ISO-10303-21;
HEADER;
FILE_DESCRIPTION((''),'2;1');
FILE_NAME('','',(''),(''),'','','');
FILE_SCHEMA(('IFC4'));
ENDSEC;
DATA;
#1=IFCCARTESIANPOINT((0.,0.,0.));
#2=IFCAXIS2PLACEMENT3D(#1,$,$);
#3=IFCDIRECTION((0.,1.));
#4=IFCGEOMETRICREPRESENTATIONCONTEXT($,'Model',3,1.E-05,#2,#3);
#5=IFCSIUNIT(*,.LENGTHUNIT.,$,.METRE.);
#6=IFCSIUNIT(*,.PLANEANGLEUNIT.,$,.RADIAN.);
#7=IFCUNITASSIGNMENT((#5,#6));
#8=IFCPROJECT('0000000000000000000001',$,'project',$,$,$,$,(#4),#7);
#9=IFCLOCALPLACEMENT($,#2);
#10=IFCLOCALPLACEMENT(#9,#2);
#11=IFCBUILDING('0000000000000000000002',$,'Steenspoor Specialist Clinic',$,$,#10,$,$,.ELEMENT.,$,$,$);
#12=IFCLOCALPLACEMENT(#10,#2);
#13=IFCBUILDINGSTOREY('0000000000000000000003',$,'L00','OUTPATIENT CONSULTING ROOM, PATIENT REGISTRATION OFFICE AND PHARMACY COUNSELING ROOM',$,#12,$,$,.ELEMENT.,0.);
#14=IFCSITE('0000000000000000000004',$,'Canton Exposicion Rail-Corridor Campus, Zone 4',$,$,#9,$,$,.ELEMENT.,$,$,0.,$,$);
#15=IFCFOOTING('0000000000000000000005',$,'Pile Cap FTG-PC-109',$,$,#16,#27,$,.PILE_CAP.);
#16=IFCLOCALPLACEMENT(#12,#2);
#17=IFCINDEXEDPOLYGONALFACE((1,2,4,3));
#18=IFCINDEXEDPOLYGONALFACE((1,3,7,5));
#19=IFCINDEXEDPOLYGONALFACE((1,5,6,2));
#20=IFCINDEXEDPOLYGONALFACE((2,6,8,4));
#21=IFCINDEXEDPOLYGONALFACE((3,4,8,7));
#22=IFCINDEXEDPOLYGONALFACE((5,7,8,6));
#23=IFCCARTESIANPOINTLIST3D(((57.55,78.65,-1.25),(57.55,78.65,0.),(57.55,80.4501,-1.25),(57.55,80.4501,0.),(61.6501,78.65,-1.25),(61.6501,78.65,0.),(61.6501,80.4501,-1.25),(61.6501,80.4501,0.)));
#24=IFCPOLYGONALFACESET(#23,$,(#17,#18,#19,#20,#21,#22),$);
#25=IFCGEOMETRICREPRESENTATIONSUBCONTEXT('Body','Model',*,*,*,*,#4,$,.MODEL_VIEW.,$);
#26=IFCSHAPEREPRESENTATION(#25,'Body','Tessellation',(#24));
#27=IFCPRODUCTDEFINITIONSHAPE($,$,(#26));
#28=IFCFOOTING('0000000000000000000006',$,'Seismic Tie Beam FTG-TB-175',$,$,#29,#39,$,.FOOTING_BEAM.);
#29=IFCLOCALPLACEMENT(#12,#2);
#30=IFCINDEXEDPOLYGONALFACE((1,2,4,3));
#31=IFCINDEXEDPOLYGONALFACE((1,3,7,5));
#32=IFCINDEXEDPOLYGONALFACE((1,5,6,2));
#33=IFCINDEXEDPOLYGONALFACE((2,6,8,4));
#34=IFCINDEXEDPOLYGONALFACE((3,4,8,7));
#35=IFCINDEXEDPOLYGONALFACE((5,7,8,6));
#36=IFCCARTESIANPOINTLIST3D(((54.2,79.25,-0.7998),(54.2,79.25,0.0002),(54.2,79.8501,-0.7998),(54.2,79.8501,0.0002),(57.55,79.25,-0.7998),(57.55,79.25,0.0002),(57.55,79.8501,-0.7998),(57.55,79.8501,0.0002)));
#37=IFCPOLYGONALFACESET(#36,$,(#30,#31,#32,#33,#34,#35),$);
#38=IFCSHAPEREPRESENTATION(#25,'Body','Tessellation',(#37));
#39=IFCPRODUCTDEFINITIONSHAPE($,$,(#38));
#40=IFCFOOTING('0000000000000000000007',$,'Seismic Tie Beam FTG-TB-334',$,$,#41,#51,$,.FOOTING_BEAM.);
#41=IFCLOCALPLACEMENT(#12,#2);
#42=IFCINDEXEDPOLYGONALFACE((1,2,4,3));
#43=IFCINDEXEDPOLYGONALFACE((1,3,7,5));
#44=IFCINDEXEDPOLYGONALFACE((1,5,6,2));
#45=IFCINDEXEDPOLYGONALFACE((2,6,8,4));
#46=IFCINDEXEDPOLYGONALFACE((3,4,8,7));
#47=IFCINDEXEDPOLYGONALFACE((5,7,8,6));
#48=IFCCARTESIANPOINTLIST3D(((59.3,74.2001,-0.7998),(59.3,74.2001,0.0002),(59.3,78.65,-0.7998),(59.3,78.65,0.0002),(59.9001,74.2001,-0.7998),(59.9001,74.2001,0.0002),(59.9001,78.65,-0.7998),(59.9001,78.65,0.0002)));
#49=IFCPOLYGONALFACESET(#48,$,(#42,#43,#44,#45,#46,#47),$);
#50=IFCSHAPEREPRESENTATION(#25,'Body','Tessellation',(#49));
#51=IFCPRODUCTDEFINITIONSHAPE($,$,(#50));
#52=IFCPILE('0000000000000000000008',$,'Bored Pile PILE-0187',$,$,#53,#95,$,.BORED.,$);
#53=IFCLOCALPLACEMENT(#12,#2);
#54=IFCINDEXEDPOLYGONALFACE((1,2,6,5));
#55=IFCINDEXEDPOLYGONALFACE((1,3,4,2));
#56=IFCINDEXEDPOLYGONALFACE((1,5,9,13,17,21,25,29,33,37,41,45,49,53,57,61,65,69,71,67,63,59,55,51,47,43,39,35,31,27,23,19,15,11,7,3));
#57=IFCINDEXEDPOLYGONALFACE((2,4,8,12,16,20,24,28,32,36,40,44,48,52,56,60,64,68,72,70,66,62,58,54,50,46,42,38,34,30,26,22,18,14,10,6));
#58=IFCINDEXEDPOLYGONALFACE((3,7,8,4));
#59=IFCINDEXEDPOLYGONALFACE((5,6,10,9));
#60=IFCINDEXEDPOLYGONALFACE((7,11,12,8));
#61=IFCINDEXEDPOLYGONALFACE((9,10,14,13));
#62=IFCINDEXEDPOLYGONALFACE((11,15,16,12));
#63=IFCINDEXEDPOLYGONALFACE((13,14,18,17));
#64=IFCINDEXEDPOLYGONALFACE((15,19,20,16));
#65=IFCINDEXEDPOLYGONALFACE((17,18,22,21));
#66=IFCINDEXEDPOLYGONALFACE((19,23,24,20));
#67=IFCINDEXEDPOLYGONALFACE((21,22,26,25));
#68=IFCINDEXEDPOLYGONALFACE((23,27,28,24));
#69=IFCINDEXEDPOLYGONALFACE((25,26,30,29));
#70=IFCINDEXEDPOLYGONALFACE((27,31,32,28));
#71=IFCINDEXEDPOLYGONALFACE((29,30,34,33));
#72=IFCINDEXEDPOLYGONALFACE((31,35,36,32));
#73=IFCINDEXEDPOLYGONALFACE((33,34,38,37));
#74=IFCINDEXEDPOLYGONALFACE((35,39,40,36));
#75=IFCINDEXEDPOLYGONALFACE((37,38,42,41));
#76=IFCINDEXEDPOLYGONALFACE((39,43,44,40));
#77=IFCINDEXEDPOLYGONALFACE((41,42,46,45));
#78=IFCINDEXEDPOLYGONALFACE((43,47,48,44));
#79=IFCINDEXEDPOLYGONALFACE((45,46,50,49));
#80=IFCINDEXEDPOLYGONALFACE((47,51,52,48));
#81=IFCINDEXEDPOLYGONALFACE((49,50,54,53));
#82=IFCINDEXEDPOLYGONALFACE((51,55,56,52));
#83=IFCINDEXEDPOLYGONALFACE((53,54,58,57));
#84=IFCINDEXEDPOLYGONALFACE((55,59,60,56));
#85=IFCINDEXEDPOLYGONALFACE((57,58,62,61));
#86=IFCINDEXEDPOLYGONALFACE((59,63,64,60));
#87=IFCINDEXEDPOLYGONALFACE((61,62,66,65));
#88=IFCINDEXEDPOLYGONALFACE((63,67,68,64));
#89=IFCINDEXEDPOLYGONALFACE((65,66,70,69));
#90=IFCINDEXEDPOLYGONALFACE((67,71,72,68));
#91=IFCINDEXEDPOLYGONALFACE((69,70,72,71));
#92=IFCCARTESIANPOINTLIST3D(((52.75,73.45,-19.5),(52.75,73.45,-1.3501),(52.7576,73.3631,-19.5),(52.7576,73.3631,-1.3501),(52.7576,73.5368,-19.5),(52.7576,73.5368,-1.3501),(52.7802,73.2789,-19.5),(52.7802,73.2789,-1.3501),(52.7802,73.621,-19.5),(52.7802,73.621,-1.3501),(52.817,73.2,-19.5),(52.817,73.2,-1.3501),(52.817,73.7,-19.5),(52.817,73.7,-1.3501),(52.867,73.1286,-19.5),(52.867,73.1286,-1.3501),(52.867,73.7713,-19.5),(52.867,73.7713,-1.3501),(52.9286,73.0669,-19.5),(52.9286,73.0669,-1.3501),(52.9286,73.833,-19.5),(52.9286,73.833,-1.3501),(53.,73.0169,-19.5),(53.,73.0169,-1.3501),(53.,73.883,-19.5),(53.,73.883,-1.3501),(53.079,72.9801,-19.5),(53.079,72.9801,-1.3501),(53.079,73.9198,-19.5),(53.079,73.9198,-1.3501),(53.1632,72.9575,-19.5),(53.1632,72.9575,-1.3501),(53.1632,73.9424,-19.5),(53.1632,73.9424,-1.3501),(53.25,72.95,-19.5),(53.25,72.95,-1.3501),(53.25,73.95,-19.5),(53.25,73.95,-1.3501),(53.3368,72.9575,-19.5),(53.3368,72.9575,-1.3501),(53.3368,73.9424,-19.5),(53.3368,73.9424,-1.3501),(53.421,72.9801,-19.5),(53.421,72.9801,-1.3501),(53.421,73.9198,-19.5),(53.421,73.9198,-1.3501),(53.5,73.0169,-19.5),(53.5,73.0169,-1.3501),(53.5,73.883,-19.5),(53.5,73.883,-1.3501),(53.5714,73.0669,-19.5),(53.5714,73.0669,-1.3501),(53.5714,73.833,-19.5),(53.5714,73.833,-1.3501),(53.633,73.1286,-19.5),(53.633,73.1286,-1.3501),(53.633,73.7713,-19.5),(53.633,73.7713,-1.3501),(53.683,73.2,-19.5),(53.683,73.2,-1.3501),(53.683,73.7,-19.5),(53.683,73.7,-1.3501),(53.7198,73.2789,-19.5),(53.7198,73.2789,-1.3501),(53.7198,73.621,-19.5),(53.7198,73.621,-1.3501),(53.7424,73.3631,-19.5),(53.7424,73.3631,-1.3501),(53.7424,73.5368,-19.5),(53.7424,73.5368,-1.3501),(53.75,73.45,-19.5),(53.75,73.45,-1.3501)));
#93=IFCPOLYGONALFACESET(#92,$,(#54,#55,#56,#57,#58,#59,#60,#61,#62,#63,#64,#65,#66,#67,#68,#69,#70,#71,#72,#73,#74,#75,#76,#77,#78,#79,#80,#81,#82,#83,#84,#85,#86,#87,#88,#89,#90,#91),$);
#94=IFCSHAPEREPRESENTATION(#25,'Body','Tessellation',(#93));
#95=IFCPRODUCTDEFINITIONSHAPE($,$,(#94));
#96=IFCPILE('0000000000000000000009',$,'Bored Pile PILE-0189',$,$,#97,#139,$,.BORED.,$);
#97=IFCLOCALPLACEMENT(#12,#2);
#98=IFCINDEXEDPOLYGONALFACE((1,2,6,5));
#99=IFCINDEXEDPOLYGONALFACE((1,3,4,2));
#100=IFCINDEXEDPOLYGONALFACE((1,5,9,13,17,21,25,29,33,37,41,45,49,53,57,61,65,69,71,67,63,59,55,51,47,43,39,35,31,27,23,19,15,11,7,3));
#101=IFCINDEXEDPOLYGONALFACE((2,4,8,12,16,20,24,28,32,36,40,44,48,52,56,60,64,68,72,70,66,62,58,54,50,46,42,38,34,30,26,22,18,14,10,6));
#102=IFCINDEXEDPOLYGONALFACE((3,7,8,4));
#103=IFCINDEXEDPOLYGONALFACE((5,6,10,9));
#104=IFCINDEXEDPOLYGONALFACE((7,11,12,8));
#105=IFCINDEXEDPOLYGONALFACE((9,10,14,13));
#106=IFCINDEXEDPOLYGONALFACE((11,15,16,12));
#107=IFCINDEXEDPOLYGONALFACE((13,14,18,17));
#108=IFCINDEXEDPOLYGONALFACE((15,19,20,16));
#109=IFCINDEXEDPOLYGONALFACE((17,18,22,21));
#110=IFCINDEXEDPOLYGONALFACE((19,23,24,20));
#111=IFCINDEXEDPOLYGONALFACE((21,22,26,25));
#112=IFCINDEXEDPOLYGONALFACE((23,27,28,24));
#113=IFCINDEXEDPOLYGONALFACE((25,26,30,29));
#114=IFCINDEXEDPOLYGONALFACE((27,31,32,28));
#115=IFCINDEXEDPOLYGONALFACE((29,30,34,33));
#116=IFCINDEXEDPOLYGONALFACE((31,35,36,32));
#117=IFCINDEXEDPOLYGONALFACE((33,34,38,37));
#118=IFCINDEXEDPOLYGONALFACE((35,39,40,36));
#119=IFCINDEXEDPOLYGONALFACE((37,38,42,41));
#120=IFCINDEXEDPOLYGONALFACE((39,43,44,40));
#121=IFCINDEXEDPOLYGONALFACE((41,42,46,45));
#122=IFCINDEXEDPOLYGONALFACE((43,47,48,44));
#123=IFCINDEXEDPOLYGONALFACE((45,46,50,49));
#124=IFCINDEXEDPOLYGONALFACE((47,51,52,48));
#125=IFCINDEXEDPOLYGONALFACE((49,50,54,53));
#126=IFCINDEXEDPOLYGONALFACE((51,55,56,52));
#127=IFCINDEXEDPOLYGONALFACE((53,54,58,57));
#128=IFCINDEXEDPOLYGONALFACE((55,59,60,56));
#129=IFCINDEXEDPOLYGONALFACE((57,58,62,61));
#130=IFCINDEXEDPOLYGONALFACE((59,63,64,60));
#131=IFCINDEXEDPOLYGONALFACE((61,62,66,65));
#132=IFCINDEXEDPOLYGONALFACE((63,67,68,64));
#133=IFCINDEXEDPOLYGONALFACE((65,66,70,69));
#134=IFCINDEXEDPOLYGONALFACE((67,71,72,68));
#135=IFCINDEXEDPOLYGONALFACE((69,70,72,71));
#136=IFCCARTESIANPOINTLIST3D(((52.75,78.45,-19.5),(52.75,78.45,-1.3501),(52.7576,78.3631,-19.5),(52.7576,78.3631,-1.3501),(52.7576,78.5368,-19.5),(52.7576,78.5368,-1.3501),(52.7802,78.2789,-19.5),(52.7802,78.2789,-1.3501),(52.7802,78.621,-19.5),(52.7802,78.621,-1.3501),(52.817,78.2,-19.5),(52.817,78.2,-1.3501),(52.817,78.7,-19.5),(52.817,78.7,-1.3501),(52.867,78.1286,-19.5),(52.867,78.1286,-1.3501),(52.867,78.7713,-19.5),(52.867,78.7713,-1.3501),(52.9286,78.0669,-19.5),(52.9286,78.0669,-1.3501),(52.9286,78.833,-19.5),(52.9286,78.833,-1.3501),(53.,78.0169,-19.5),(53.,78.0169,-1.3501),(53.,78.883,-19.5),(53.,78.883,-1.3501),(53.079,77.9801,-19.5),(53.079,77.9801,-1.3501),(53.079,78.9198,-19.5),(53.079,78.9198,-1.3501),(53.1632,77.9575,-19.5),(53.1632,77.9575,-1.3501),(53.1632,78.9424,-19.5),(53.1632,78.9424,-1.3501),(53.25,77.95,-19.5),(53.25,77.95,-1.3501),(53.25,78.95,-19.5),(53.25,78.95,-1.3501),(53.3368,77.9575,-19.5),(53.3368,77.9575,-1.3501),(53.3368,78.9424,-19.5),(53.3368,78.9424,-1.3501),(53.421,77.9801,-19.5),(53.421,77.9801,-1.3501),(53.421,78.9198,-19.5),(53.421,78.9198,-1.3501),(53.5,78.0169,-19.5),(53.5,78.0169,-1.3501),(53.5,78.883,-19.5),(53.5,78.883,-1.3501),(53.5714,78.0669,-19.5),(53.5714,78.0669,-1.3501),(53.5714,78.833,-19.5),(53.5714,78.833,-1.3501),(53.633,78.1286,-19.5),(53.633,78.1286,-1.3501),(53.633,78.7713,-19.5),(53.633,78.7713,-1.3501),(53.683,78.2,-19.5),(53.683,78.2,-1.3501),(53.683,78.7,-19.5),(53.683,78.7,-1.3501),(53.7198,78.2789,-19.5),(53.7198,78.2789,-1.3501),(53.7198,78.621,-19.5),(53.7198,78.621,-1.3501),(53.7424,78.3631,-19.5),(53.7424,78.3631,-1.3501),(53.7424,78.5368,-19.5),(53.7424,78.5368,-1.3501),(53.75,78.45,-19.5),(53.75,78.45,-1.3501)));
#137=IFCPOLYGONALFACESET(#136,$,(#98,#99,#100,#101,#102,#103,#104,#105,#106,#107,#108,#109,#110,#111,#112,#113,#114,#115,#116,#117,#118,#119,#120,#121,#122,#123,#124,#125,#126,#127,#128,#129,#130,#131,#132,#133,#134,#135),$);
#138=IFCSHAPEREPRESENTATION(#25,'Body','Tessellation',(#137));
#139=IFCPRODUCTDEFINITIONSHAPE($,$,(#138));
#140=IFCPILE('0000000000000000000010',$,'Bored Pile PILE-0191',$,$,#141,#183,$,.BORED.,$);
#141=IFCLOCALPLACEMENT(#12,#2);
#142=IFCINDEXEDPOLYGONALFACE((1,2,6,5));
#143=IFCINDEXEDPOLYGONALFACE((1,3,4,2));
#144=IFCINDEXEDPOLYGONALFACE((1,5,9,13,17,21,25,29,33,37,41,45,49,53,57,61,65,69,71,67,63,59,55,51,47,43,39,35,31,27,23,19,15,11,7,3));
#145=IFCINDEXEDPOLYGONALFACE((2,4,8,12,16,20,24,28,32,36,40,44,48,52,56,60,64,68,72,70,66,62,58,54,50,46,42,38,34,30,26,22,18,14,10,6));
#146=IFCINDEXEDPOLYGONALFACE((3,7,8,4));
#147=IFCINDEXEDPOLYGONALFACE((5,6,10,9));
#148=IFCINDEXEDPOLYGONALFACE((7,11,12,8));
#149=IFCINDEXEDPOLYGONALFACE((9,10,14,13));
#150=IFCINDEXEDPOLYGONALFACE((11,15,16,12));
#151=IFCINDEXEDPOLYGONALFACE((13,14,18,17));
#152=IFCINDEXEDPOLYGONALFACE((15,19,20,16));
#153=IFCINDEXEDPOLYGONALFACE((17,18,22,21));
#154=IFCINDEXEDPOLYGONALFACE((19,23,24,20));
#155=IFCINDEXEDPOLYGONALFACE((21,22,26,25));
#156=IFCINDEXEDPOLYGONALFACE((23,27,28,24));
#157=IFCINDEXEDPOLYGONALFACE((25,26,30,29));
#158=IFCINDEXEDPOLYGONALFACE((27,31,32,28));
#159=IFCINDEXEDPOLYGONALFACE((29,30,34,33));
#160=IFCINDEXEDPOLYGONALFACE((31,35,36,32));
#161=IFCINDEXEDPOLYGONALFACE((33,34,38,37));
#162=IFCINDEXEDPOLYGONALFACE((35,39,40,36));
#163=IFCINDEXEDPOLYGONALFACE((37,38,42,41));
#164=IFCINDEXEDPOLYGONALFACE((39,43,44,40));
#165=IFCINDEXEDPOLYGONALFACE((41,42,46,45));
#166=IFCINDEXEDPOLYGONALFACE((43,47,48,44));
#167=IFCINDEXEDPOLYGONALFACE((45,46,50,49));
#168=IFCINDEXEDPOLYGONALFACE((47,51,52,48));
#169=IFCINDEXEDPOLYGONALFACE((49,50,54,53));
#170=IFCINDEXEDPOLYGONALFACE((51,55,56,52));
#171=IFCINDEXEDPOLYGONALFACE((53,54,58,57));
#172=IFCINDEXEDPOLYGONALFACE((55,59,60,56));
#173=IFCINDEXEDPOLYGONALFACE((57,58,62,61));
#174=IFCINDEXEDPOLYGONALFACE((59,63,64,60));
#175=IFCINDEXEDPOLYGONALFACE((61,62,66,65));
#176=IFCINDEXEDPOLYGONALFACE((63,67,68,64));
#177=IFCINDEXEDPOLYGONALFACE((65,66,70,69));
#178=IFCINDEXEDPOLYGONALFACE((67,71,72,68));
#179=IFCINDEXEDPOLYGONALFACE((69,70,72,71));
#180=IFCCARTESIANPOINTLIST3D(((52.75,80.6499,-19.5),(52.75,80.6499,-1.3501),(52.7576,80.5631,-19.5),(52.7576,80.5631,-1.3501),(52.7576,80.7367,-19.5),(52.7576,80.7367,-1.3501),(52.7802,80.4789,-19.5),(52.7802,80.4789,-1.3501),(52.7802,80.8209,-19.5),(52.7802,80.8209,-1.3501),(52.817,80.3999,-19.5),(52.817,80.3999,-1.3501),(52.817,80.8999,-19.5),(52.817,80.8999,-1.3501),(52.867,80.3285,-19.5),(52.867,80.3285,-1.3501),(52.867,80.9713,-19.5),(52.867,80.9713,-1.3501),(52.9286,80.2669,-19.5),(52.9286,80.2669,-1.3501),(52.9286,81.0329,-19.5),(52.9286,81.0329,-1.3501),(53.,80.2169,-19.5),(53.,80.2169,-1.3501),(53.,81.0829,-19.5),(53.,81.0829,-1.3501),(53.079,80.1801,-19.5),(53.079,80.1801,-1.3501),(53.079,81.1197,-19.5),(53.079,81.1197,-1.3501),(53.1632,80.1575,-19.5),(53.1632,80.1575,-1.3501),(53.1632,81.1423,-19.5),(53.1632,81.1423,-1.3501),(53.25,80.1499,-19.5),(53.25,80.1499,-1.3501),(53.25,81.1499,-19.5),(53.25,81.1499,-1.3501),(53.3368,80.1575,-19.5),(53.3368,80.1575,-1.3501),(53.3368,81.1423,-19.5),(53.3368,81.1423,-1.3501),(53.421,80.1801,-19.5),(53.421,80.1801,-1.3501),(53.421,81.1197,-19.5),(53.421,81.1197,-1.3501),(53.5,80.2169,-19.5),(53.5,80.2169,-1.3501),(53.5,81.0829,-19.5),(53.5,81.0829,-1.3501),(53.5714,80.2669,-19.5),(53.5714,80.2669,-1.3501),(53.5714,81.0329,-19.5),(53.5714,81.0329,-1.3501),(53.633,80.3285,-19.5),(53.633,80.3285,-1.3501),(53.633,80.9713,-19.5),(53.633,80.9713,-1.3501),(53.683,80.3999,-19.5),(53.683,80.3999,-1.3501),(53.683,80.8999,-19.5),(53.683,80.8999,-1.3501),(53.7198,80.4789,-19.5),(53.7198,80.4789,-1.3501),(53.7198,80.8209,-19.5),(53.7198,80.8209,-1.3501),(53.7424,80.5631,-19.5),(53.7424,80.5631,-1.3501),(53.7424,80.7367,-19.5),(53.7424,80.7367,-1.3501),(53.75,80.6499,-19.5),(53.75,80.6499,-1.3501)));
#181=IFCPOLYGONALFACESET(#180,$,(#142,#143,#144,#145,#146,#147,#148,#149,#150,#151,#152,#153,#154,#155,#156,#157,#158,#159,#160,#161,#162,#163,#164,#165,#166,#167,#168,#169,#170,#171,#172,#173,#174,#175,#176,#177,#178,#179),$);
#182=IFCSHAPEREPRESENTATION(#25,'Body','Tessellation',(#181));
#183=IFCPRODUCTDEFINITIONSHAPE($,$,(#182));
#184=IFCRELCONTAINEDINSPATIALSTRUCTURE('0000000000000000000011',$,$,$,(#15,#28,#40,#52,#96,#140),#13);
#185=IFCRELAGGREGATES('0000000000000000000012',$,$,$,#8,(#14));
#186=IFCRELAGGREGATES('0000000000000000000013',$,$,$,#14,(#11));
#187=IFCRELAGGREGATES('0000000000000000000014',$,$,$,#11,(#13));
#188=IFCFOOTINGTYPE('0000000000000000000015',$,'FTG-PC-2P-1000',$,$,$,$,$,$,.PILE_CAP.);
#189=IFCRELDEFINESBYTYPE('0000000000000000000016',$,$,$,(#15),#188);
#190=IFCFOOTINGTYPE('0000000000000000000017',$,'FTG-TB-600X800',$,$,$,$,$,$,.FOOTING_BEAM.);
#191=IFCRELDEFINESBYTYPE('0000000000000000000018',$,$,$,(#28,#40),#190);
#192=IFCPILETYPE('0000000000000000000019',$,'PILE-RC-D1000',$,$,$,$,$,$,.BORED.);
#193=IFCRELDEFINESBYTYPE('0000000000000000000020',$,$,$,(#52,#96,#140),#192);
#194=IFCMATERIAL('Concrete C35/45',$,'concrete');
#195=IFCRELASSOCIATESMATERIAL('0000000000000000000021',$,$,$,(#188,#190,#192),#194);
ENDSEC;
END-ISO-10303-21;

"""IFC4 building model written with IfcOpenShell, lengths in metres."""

from ifc_helpers import new_model, si_unit, direction, frame, origin, origin_2d, place, context, subcontext, project, spatial, rectangle, circle, extrude, material, material_profile, profile_set, type_object, element, save


model = new_model("IFC4")

# Units and contexts
model_context = context("Model", 3, precision=1e-05, world=origin(), true_north=direction((0.0, 1.0)))
body_context = subcontext(model_context, "Body", "Model", "MODEL_VIEW")
ifc_project = project(units=[si_unit("LENGTHUNIT", "METRE"), si_unit("PLANEANGLEUNIT", "RADIAN")], contexts=[model_context])

# Site, building, storey
site_placement = place(None, origin())
site = spatial("IfcSite", under=ifc_project, at=site_placement, Name="Canton Exposicion Rail-Corridor Campus, Zone 4", CompositionType="ELEMENT", RefElevation=0.0)
building_placement = place(site_placement, origin())
building = spatial("IfcBuilding", under=site, at=building_placement, Name="Steenspoor Specialist Clinic", CompositionType="ELEMENT")
storey_placement = place(building_placement, origin())
storey = spatial("IfcBuildingStorey", under=building, at=storey_placement, Name="L00", Description="OUTPATIENT CONSULTING ROOM, PATIENT REGISTRATION OFFICE AND PHARMACY COUNSELING ROOM", CompositionType="ELEMENT", Elevation=0.0)

# Footings
ifc_material_1 = material(Name="Concrete C35/45", Category="concrete")
footing_type_1 = type_object("IfcFootingType", Name="FTG-PC-2P-1000", PredefinedType="PILE_CAP", material=ifc_material_1)
footing_1_placement = place(storey_placement, frame((59.6001, 79.55, -1.25), z_axis=(0.0, 0.0, 1.0), x_axis=(1.0, 0.0, 0.0)))
element("IfcFooting", 1, at=footing_1_placement, inside=storey, type_object=footing_type_1, Name="Pile Cap FTG-PC-109", PredefinedType="PILE_CAP", context=body_context, shape_type="SweptSolid", body=[
    extrude(rectangle(XDim=4.1001, YDim=1.8, at=origin_2d()), origin(), (0.0, 0.0, 1.0), 1.25),
])
footing_type_2 = type_object("IfcFootingType", Name="FTG-TB-600X800", PredefinedType="FOOTING_BEAM", material=ifc_material_1)
footing_2_placement = place(storey_placement, frame((55.875, 79.55, -0.7998), z_axis=(0.0, 0.0, 1.0), x_axis=(1.0, 0.0, 0.0)))
element("IfcFooting", 2, at=footing_2_placement, inside=storey, type_object=footing_type_2, Name="Seismic Tie Beam FTG-TB-175", PredefinedType="FOOTING_BEAM", context=body_context, shape_type="SweptSolid", body=[
    extrude(rectangle(XDim=3.3501, YDim=0.6001, at=origin_2d()), origin(), (0.0, 0.0, 1.0), 0.8),
])
footing_3_placement = place(storey_placement, frame((59.6001, 76.425, -0.7998), z_axis=(0.0, 0.0, 1.0), x_axis=(1.0, 0.0, 0.0)))
element("IfcFooting", 3, at=footing_3_placement, inside=storey, type_object=footing_type_2, Name="Seismic Tie Beam FTG-TB-334", PredefinedType="FOOTING_BEAM", context=body_context, shape_type="SweptSolid", body=[
    extrude(rectangle(XDim=0.6001, YDim=4.45, at=origin_2d()), origin(), (0.0, 0.0, 1.0), 0.8),
])

# Piles
ifc_material_profile_1 = material_profile(ifc_material_1, circle(Radius=0.5, at=origin_2d()), Name="PILE-D1000")
ifc_profile_set_1 = profile_set([ifc_material_profile_1], Name="Concrete C35/45")
pile_type = type_object("IfcPileType", Name="PILE-RC-D1000", PredefinedType="BORED", material=ifc_profile_set_1)
for number, where, z_axis, x_axis, name in (
    (4, (53.25, 73.45, -1.3501), (0.0, 0.0, -1.0), (1.0, 0.0, 0.0), "Bored Pile PILE-0187"),
    (5, (53.25, 78.45, -1.3501), (0.0, 0.0, -1.0), (1.0, 0.0, 0.0), "Bored Pile PILE-0189"),
    (6, (53.25, 80.6499, -1.3501), (0.0, 0.0, -1.0), (1.0, 0.0, 0.0), "Bored Pile PILE-0191"),
):
    element("IfcPile", number, at=place(storey_placement, frame(where, z_axis=z_axis, x_axis=x_axis)), inside=storey, type_object=pile_type, Name=name, PredefinedType="BORED", context=body_context, shape_type="SweptSolid", body=[
        extrude(circle(Radius=0.5, at=origin_2d()), origin(), (0.0, 0.0, 1.0), 18.1499),
    ])

save(model, "model.ifc")
